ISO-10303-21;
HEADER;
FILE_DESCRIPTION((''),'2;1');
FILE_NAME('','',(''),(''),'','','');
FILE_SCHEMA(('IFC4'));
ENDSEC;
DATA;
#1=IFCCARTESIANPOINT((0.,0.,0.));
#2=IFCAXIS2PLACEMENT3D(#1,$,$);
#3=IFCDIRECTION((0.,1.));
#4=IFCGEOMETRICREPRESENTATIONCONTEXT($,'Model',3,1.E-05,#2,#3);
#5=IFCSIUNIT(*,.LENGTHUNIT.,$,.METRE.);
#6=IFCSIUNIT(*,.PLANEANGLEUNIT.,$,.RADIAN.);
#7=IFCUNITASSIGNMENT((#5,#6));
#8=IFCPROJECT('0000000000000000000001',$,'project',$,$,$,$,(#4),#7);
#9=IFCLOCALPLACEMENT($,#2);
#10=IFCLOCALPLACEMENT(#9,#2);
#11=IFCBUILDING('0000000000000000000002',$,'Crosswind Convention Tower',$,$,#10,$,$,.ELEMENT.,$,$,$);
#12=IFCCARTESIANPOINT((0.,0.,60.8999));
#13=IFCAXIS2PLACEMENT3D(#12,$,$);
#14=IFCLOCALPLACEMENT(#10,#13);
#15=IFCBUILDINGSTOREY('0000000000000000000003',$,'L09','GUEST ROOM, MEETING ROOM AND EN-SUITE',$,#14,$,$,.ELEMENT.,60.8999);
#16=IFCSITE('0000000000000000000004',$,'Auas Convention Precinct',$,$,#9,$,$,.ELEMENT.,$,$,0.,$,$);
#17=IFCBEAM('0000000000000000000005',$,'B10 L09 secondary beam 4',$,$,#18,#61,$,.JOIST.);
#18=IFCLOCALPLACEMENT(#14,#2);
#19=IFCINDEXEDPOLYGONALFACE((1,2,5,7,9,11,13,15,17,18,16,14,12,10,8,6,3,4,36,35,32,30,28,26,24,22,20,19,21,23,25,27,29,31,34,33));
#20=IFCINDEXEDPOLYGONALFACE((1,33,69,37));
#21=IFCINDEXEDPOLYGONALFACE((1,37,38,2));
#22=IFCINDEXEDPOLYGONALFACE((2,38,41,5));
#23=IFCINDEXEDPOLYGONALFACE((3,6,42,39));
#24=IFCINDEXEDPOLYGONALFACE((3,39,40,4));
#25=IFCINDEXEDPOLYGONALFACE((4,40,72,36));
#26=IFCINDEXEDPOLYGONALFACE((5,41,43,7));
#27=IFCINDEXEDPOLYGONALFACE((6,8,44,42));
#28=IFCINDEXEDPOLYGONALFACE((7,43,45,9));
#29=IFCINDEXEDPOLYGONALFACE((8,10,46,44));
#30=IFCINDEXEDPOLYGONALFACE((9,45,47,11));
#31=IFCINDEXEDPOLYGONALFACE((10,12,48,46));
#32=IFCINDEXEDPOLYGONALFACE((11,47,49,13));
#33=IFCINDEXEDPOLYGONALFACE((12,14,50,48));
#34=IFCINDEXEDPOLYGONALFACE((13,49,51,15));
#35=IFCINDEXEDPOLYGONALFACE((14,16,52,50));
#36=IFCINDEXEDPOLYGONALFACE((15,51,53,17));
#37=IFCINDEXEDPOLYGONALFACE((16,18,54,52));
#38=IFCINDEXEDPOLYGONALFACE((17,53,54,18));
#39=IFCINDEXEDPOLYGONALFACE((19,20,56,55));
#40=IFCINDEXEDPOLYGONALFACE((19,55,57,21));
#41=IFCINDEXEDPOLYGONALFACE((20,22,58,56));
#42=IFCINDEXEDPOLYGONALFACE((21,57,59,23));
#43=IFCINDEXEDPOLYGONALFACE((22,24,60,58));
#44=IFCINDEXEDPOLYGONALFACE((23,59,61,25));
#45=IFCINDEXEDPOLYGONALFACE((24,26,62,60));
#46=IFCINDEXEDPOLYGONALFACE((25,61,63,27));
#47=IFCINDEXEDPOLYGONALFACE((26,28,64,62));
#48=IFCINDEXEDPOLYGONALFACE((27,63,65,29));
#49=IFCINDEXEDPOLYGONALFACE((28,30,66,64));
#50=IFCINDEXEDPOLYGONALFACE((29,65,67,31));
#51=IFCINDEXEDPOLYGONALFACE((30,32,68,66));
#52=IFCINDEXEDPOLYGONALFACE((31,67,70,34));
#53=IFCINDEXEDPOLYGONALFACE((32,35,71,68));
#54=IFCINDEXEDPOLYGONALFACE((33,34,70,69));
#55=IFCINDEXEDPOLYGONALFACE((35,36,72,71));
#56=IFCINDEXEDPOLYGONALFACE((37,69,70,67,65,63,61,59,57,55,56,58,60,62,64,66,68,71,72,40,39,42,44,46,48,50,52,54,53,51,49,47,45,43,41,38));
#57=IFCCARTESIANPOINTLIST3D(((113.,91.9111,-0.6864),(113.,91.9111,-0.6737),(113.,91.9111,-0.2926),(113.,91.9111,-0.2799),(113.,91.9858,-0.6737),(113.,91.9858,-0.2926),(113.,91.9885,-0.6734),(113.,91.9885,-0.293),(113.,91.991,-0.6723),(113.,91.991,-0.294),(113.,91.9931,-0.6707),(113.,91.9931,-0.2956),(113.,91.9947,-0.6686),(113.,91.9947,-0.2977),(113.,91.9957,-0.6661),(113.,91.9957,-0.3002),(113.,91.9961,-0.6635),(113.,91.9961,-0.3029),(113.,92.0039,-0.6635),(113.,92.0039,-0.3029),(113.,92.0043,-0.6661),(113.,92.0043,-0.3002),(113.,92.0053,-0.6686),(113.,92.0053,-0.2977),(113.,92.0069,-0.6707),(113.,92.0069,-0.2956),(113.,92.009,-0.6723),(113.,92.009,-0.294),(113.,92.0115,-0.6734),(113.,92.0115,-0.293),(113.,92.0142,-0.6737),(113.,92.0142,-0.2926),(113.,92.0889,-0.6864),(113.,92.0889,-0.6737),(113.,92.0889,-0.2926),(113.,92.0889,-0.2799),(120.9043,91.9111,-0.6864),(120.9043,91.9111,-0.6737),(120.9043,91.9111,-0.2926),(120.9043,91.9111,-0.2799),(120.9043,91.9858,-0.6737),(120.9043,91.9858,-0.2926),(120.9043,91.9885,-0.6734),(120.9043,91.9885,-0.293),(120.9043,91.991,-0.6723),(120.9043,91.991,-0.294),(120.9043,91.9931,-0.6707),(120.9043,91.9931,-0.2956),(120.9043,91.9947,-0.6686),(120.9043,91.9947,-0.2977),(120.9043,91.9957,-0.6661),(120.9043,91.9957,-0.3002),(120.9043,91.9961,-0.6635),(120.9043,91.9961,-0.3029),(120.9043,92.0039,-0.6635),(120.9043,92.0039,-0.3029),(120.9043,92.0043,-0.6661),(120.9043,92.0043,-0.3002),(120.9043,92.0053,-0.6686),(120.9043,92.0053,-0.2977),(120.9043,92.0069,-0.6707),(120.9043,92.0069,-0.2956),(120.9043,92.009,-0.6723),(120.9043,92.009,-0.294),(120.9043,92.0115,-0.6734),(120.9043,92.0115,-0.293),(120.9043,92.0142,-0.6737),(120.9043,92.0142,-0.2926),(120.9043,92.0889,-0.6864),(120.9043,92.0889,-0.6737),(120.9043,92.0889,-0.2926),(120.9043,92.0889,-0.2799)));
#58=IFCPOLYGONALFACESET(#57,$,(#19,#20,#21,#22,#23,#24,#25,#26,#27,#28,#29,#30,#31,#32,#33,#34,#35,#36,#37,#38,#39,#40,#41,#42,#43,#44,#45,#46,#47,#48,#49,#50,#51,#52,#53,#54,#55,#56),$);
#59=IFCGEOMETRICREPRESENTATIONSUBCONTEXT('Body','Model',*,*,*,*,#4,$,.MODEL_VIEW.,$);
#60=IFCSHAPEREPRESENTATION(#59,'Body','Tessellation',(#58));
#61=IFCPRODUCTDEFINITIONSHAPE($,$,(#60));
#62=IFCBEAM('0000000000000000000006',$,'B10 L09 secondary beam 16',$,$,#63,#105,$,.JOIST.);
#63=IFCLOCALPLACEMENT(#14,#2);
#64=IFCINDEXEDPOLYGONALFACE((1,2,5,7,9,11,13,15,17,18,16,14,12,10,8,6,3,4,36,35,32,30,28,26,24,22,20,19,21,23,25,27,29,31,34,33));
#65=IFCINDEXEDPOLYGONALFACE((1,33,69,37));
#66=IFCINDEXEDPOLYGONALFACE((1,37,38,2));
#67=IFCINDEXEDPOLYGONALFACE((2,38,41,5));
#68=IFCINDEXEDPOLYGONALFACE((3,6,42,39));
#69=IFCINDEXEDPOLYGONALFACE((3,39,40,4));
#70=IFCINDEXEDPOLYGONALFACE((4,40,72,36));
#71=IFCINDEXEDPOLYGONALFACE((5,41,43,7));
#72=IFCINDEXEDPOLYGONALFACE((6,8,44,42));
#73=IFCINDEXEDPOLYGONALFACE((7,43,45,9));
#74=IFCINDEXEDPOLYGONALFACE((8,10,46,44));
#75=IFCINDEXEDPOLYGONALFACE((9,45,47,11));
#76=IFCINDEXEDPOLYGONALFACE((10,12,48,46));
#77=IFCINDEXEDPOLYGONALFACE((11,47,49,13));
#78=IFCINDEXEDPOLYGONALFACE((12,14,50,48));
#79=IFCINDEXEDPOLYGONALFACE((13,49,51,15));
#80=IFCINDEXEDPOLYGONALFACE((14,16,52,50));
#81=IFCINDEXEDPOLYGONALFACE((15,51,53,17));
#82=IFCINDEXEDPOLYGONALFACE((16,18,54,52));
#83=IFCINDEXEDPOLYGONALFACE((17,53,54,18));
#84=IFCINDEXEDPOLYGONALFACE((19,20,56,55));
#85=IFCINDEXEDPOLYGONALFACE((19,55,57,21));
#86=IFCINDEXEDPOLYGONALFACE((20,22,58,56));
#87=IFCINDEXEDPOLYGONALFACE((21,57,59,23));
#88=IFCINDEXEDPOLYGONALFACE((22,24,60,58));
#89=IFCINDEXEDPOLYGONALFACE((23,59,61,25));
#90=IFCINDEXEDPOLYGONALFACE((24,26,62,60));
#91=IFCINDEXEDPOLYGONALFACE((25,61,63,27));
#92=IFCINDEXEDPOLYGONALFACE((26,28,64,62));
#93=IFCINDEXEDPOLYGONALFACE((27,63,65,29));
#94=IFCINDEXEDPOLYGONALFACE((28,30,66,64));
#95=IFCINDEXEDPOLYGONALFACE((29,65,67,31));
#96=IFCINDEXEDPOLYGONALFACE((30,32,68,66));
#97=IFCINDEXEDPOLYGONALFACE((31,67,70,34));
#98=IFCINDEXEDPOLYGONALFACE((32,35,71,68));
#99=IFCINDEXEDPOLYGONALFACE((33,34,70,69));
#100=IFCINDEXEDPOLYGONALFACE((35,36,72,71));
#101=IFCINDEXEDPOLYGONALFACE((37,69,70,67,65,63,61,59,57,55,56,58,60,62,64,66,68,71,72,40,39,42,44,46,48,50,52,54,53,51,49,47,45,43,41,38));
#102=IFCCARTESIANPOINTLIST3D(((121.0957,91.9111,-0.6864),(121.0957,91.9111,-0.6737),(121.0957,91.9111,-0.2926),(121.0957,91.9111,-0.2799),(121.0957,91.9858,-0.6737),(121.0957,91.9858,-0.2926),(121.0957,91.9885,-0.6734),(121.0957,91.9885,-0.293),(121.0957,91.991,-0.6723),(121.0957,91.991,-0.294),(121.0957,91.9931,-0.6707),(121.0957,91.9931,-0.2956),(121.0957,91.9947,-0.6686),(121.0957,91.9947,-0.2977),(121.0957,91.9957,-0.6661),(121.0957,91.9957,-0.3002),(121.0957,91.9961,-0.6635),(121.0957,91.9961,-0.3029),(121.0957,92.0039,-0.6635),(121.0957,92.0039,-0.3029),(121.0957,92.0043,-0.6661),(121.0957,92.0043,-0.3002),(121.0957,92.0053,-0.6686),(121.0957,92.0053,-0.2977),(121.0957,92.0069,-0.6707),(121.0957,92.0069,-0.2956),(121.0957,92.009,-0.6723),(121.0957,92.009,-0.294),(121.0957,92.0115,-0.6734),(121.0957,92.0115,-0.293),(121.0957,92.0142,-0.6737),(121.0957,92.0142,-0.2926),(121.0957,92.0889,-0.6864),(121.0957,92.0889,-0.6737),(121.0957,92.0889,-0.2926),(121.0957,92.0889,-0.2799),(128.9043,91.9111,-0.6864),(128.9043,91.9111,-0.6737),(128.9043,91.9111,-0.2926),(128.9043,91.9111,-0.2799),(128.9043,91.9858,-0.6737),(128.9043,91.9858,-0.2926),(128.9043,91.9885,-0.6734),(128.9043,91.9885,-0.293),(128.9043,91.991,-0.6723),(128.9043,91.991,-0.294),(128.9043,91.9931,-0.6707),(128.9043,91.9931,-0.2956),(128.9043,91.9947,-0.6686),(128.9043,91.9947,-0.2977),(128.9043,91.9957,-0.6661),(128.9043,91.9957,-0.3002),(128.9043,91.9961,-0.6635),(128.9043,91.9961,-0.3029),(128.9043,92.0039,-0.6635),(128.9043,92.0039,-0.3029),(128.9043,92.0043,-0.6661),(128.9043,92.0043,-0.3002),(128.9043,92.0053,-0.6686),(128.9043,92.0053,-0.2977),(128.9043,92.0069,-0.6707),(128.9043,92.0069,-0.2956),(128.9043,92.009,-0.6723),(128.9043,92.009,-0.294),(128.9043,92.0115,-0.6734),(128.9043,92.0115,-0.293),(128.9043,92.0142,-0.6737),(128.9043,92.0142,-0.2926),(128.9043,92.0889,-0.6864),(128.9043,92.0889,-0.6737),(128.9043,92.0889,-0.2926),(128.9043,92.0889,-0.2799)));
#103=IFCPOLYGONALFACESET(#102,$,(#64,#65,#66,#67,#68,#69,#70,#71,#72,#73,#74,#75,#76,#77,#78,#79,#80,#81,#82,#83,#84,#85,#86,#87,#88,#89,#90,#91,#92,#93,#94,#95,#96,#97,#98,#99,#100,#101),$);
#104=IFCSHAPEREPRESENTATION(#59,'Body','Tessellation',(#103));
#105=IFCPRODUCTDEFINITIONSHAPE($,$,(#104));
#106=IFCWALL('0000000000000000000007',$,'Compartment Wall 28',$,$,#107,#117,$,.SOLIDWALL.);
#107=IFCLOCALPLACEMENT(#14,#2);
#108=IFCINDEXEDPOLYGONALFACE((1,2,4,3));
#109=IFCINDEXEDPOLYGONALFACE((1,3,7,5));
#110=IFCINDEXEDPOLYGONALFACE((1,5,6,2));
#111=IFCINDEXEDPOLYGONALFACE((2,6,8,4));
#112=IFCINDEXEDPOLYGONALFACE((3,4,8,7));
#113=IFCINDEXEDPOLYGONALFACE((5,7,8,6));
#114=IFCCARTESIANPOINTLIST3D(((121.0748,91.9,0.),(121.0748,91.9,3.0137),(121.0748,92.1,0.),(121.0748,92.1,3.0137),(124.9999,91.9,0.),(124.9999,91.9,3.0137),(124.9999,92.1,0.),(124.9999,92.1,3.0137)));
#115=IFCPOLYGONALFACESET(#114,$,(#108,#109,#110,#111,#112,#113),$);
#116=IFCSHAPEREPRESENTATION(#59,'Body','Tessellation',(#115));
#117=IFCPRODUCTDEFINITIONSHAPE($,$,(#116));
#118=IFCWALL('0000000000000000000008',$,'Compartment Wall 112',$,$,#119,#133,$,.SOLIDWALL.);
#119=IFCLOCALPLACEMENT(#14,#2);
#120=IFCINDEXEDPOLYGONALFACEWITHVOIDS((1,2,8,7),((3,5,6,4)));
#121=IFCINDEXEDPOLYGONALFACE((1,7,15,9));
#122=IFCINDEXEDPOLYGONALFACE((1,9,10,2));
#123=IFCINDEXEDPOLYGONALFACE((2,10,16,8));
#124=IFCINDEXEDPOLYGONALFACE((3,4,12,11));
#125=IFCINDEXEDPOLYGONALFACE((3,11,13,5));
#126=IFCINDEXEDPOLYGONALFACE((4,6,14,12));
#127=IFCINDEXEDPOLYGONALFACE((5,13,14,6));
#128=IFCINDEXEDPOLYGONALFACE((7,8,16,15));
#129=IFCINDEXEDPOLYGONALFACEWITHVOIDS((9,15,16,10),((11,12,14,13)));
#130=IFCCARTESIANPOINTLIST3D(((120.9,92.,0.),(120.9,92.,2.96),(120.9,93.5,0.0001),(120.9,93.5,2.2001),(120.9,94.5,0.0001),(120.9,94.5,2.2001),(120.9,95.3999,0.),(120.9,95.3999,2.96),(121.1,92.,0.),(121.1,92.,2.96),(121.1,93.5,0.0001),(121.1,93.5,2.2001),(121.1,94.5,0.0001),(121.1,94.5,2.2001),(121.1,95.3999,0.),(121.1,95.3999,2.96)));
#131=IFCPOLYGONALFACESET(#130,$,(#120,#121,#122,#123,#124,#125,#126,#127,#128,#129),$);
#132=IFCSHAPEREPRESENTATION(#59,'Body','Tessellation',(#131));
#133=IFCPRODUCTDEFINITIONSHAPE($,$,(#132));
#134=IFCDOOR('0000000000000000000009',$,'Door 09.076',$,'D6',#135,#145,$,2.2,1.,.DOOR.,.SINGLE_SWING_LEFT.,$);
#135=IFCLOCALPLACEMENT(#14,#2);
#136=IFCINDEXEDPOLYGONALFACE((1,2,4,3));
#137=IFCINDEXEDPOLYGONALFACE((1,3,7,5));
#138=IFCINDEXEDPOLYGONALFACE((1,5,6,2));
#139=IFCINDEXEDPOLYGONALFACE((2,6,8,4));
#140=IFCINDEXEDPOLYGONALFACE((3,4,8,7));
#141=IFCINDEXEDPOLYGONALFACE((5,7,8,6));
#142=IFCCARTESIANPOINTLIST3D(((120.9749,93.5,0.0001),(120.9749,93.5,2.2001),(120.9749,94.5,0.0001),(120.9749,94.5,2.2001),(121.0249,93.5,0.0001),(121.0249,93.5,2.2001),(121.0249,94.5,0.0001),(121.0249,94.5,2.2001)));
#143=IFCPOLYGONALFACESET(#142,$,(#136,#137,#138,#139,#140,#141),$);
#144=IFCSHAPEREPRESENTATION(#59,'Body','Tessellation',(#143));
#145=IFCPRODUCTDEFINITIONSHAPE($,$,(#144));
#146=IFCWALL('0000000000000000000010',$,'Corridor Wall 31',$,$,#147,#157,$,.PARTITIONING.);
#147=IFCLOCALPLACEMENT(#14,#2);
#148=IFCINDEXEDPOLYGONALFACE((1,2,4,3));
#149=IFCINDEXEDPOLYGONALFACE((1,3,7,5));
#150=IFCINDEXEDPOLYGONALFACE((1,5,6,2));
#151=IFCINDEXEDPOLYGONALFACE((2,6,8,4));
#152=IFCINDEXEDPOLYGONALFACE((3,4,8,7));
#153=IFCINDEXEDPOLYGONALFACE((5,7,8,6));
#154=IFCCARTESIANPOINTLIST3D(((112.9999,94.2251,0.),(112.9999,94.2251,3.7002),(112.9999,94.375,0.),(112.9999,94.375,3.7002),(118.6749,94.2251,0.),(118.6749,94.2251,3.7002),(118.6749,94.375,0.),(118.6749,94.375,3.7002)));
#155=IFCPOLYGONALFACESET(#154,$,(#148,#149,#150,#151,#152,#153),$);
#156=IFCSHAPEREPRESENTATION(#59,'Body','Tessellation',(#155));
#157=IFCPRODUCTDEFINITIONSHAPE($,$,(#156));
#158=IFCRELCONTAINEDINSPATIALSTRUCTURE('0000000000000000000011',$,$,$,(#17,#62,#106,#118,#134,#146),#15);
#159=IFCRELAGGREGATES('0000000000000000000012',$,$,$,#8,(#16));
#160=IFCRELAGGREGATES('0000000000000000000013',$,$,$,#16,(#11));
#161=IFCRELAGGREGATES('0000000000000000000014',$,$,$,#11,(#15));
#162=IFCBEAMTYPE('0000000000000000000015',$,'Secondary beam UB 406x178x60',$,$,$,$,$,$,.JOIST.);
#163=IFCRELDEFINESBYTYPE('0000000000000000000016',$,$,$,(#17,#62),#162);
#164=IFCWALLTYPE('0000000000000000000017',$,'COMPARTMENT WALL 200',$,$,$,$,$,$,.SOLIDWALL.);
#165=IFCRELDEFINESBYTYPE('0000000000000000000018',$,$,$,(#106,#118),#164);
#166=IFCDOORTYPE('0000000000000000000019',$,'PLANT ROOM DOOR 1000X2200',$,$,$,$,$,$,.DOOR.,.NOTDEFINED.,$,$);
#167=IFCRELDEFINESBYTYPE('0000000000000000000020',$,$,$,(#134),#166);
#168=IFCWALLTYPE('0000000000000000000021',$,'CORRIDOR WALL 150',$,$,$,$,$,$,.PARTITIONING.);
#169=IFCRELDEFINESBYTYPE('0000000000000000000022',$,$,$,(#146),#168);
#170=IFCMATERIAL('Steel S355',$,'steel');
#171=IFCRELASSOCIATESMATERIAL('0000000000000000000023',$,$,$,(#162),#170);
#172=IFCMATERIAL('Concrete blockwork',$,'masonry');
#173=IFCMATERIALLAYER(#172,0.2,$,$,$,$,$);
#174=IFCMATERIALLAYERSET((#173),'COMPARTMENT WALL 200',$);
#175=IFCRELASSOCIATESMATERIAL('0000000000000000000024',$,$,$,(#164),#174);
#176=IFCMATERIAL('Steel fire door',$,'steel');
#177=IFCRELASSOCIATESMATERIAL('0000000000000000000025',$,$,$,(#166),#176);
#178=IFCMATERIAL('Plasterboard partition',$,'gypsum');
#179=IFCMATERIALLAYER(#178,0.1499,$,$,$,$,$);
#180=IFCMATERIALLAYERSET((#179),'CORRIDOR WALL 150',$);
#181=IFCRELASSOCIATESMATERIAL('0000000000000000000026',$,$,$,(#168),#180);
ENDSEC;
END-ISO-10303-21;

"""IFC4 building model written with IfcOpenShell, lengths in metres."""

from ifc_helpers import new_model, si_unit, direction, frame, frame_2d, origin, origin_2d, place, context, subcontext, project, spatial, rectangle, i_section, extrude, material, layer, layer_set, material_profile, profile_set, type_object, element, fill, save


model = new_model("IFC4")

# Units and contexts
model_context = context("Model", 3, precision=1e-05, world=origin(), true_north=direction((0.0, 1.0)))
body_context = subcontext(model_context, "Body", "Model", "MODEL_VIEW")
ifc_project = project(units=[si_unit("LENGTHUNIT", "METRE"), si_unit("PLANEANGLEUNIT", "RADIAN")], contexts=[model_context])

# Site, building, storey
site_placement = place(None, origin())
site = spatial("IfcSite", under=ifc_project, at=site_placement, Name="Auas Convention Precinct", CompositionType="ELEMENT", RefElevation=0.0)
building_placement = place(site_placement, origin())
building = spatial("IfcBuilding", under=site, at=building_placement, Name="Crosswind Convention Tower", CompositionType="ELEMENT")
storey_placement = place(building_placement, frame((0.0, 0.0, 60.8999)))
storey = spatial("IfcBuildingStorey", under=building, at=storey_placement, Name="L09", Description="GUEST ROOM, MEETING ROOM AND EN-SUITE", CompositionType="ELEMENT", Elevation=60.8999)

# Beams
ifc_material_1 = material(Name="Steel S355", Category="steel")
ifc_material_profile_1 = material_profile(ifc_material_1, i_section(OverallWidth=0.1777, OverallDepth=0.4065, WebThickness=0.0078, FlangeThickness=0.0127, FilletRadius=0.0103, at=origin_2d()), Name="UB 406x178x60")
ifc_profile_set_1 = profile_set([ifc_material_profile_1], Name="Steel S355")
beam_type_1 = type_object("IfcBeamType", Name="Secondary beam UB 406x178x60", PredefinedType="JOIST", material=ifc_profile_set_1)
beam_1_placement = place(storey_placement, frame((113.0, 92.0, -0.4832), z_axis=(1.0, 0.0, 0.0), x_axis=(0.0, 1.0, 0.0)))
element("IfcBeam", 1, at=beam_1_placement, inside=storey, type_object=beam_type_1, Name="B10 L09 secondary beam 4", PredefinedType="JOIST", context=body_context, shape_type="SweptSolid", body=[
    extrude(i_section(OverallWidth=0.1777, OverallDepth=0.4065, WebThickness=0.0078, FlangeThickness=0.0127, FilletRadius=0.0103, at=origin_2d()), origin(), (0.0, 0.0, 1.0), 7.9043),
])
beam_2_placement = place(storey_placement, frame((121.0957, 92.0, -0.4832), z_axis=(1.0, 0.0, 0.0), x_axis=(0.0, 1.0, 0.0)))
element("IfcBeam", 2, at=beam_2_placement, inside=storey, type_object=beam_type_1, Name="B10 L09 secondary beam 16", PredefinedType="JOIST", context=body_context, shape_type="SweptSolid", body=[
    extrude(i_section(OverallWidth=0.1777, OverallDepth=0.4065, WebThickness=0.0078, FlangeThickness=0.0127, FilletRadius=0.0103, at=origin_2d()), origin(), (0.0, 0.0, 1.0), 7.8086),
])

# Wall
ifc_material_2 = material(Name="Concrete blockwork", Category="masonry")
ifc_layer_1 = layer(ifc_material_2, 0.2)
ifc_layer_set_1 = layer_set([ifc_layer_1], Name="COMPARTMENT WALL 200")
wall_type_1 = type_object("IfcWallType", Name="COMPARTMENT WALL 200", PredefinedType="SOLIDWALL", material=ifc_layer_set_1)
wall_1_placement = place(storey_placement, frame((121.075, 92.0, 0.0), z_axis=(0.0, 0.0, 1.0), x_axis=(1.0, 0.0, 0.0)))
element("IfcWall", 3, at=wall_1_placement, inside=storey, type_object=wall_type_1, Name="Compartment Wall 28", PredefinedType="SOLIDWALL", context=body_context, shape_type="SweptSolid", body=[
    extrude(rectangle(XDim=3.925, YDim=0.2, at=frame_2d((1.9624, 0.0))), origin(), (0.0, 0.0, 1.0), 3.0137),
])

# Wall, opening, door
wall_2_placement = place(storey_placement, frame((121.0, 92.0, 0.0), z_axis=(0.0, 0.0, 1.0), x_axis=(0.0, 1.0, 0.0)))
wall_2 = element("IfcWall", 4, at=wall_2_placement, inside=storey, type_object=wall_type_1, Name="Compartment Wall 112", PredefinedType="SOLIDWALL", context=body_context, shape_type="SweptSolid", body=[
    extrude(rectangle(XDim=3.3999, YDim=0.2, at=frame_2d((1.7, 0.0))), origin(), (0.0, 0.0, 1.0), 2.96),
])
opening_1_placement = place(wall_2_placement, frame((1.5, 0.0, 0.0)))
opening_1 = element("IfcOpeningElement", 5, at=opening_1_placement, cuts=wall_2, PredefinedType="OPENING", context=body_context, shape_type="SweptSolid", body=[
    extrude(rectangle(XDim=1.0, YDim=2.2, at=frame_2d((0.5, 1.1001))), frame((0.0, 0.1099, 0.0), z_axis=(0.0, -1.0, 0.0), x_axis=(1.0, 0.0, 0.0)), (0.0, 0.0, 1.0), 0.22),
])
ifc_material_3 = material(Name="Steel fire door", Category="steel")
door_type_1 = type_object("IfcDoorType", Name="PLANT ROOM DOOR 1000X2200", OperationType="NOTDEFINED", PredefinedType="DOOR", material=ifc_material_3)
door_1_placement = place(opening_1_placement, frame((1.0, 0.0, 0.0), z_axis=(0.0, 0.0, 1.0), x_axis=(-1.0, 0.0, 0.0)))
door_1 = element("IfcDoor", 6, at=door_1_placement, inside=storey, type_object=door_type_1, Name="Door 09.076", ObjectType="D6", OperationType="SINGLE_SWING_LEFT", OverallHeight=2.2, OverallWidth=1.0, PredefinedType="DOOR", context=body_context, shape_type="SweptSolid", body=[
    extrude(rectangle(XDim=1.0, YDim=2.2, at=frame_2d((0.5, 1.1001))), frame((0.0, 0.0249, 0.0), z_axis=(0.0, -1.0, 0.0), x_axis=(1.0, 0.0, 0.0)), (0.0, 0.0, 1.0), 0.05),
])
fill(opening_1, door_1)

# Wall
ifc_material_4 = material(Name="Plasterboard partition", Category="gypsum")
ifc_layer_2 = layer(ifc_material_4, 0.1499)
ifc_layer_set_2 = layer_set([ifc_layer_2], Name="CORRIDOR WALL 150")
wall_type_2 = type_object("IfcWallType", Name="CORRIDOR WALL 150", PredefinedType="PARTITIONING", material=ifc_layer_set_2)
wall_3_placement = place(storey_placement, frame((113.0, 94.3, 0.0), z_axis=(0.0, 0.0, 1.0), x_axis=(1.0, 0.0, 0.0)))
element("IfcWall", 7, at=wall_3_placement, inside=storey, type_object=wall_type_2, Name="Corridor Wall 31", PredefinedType="PARTITIONING", context=body_context, shape_type="SweptSolid", body=[
    extrude(rectangle(XDim=5.675, YDim=0.1499, at=frame_2d((2.8374, 0.0))), origin(), (0.0, 0.0, 1.0), 3.7002),
])

save(model, "model.ifc")
